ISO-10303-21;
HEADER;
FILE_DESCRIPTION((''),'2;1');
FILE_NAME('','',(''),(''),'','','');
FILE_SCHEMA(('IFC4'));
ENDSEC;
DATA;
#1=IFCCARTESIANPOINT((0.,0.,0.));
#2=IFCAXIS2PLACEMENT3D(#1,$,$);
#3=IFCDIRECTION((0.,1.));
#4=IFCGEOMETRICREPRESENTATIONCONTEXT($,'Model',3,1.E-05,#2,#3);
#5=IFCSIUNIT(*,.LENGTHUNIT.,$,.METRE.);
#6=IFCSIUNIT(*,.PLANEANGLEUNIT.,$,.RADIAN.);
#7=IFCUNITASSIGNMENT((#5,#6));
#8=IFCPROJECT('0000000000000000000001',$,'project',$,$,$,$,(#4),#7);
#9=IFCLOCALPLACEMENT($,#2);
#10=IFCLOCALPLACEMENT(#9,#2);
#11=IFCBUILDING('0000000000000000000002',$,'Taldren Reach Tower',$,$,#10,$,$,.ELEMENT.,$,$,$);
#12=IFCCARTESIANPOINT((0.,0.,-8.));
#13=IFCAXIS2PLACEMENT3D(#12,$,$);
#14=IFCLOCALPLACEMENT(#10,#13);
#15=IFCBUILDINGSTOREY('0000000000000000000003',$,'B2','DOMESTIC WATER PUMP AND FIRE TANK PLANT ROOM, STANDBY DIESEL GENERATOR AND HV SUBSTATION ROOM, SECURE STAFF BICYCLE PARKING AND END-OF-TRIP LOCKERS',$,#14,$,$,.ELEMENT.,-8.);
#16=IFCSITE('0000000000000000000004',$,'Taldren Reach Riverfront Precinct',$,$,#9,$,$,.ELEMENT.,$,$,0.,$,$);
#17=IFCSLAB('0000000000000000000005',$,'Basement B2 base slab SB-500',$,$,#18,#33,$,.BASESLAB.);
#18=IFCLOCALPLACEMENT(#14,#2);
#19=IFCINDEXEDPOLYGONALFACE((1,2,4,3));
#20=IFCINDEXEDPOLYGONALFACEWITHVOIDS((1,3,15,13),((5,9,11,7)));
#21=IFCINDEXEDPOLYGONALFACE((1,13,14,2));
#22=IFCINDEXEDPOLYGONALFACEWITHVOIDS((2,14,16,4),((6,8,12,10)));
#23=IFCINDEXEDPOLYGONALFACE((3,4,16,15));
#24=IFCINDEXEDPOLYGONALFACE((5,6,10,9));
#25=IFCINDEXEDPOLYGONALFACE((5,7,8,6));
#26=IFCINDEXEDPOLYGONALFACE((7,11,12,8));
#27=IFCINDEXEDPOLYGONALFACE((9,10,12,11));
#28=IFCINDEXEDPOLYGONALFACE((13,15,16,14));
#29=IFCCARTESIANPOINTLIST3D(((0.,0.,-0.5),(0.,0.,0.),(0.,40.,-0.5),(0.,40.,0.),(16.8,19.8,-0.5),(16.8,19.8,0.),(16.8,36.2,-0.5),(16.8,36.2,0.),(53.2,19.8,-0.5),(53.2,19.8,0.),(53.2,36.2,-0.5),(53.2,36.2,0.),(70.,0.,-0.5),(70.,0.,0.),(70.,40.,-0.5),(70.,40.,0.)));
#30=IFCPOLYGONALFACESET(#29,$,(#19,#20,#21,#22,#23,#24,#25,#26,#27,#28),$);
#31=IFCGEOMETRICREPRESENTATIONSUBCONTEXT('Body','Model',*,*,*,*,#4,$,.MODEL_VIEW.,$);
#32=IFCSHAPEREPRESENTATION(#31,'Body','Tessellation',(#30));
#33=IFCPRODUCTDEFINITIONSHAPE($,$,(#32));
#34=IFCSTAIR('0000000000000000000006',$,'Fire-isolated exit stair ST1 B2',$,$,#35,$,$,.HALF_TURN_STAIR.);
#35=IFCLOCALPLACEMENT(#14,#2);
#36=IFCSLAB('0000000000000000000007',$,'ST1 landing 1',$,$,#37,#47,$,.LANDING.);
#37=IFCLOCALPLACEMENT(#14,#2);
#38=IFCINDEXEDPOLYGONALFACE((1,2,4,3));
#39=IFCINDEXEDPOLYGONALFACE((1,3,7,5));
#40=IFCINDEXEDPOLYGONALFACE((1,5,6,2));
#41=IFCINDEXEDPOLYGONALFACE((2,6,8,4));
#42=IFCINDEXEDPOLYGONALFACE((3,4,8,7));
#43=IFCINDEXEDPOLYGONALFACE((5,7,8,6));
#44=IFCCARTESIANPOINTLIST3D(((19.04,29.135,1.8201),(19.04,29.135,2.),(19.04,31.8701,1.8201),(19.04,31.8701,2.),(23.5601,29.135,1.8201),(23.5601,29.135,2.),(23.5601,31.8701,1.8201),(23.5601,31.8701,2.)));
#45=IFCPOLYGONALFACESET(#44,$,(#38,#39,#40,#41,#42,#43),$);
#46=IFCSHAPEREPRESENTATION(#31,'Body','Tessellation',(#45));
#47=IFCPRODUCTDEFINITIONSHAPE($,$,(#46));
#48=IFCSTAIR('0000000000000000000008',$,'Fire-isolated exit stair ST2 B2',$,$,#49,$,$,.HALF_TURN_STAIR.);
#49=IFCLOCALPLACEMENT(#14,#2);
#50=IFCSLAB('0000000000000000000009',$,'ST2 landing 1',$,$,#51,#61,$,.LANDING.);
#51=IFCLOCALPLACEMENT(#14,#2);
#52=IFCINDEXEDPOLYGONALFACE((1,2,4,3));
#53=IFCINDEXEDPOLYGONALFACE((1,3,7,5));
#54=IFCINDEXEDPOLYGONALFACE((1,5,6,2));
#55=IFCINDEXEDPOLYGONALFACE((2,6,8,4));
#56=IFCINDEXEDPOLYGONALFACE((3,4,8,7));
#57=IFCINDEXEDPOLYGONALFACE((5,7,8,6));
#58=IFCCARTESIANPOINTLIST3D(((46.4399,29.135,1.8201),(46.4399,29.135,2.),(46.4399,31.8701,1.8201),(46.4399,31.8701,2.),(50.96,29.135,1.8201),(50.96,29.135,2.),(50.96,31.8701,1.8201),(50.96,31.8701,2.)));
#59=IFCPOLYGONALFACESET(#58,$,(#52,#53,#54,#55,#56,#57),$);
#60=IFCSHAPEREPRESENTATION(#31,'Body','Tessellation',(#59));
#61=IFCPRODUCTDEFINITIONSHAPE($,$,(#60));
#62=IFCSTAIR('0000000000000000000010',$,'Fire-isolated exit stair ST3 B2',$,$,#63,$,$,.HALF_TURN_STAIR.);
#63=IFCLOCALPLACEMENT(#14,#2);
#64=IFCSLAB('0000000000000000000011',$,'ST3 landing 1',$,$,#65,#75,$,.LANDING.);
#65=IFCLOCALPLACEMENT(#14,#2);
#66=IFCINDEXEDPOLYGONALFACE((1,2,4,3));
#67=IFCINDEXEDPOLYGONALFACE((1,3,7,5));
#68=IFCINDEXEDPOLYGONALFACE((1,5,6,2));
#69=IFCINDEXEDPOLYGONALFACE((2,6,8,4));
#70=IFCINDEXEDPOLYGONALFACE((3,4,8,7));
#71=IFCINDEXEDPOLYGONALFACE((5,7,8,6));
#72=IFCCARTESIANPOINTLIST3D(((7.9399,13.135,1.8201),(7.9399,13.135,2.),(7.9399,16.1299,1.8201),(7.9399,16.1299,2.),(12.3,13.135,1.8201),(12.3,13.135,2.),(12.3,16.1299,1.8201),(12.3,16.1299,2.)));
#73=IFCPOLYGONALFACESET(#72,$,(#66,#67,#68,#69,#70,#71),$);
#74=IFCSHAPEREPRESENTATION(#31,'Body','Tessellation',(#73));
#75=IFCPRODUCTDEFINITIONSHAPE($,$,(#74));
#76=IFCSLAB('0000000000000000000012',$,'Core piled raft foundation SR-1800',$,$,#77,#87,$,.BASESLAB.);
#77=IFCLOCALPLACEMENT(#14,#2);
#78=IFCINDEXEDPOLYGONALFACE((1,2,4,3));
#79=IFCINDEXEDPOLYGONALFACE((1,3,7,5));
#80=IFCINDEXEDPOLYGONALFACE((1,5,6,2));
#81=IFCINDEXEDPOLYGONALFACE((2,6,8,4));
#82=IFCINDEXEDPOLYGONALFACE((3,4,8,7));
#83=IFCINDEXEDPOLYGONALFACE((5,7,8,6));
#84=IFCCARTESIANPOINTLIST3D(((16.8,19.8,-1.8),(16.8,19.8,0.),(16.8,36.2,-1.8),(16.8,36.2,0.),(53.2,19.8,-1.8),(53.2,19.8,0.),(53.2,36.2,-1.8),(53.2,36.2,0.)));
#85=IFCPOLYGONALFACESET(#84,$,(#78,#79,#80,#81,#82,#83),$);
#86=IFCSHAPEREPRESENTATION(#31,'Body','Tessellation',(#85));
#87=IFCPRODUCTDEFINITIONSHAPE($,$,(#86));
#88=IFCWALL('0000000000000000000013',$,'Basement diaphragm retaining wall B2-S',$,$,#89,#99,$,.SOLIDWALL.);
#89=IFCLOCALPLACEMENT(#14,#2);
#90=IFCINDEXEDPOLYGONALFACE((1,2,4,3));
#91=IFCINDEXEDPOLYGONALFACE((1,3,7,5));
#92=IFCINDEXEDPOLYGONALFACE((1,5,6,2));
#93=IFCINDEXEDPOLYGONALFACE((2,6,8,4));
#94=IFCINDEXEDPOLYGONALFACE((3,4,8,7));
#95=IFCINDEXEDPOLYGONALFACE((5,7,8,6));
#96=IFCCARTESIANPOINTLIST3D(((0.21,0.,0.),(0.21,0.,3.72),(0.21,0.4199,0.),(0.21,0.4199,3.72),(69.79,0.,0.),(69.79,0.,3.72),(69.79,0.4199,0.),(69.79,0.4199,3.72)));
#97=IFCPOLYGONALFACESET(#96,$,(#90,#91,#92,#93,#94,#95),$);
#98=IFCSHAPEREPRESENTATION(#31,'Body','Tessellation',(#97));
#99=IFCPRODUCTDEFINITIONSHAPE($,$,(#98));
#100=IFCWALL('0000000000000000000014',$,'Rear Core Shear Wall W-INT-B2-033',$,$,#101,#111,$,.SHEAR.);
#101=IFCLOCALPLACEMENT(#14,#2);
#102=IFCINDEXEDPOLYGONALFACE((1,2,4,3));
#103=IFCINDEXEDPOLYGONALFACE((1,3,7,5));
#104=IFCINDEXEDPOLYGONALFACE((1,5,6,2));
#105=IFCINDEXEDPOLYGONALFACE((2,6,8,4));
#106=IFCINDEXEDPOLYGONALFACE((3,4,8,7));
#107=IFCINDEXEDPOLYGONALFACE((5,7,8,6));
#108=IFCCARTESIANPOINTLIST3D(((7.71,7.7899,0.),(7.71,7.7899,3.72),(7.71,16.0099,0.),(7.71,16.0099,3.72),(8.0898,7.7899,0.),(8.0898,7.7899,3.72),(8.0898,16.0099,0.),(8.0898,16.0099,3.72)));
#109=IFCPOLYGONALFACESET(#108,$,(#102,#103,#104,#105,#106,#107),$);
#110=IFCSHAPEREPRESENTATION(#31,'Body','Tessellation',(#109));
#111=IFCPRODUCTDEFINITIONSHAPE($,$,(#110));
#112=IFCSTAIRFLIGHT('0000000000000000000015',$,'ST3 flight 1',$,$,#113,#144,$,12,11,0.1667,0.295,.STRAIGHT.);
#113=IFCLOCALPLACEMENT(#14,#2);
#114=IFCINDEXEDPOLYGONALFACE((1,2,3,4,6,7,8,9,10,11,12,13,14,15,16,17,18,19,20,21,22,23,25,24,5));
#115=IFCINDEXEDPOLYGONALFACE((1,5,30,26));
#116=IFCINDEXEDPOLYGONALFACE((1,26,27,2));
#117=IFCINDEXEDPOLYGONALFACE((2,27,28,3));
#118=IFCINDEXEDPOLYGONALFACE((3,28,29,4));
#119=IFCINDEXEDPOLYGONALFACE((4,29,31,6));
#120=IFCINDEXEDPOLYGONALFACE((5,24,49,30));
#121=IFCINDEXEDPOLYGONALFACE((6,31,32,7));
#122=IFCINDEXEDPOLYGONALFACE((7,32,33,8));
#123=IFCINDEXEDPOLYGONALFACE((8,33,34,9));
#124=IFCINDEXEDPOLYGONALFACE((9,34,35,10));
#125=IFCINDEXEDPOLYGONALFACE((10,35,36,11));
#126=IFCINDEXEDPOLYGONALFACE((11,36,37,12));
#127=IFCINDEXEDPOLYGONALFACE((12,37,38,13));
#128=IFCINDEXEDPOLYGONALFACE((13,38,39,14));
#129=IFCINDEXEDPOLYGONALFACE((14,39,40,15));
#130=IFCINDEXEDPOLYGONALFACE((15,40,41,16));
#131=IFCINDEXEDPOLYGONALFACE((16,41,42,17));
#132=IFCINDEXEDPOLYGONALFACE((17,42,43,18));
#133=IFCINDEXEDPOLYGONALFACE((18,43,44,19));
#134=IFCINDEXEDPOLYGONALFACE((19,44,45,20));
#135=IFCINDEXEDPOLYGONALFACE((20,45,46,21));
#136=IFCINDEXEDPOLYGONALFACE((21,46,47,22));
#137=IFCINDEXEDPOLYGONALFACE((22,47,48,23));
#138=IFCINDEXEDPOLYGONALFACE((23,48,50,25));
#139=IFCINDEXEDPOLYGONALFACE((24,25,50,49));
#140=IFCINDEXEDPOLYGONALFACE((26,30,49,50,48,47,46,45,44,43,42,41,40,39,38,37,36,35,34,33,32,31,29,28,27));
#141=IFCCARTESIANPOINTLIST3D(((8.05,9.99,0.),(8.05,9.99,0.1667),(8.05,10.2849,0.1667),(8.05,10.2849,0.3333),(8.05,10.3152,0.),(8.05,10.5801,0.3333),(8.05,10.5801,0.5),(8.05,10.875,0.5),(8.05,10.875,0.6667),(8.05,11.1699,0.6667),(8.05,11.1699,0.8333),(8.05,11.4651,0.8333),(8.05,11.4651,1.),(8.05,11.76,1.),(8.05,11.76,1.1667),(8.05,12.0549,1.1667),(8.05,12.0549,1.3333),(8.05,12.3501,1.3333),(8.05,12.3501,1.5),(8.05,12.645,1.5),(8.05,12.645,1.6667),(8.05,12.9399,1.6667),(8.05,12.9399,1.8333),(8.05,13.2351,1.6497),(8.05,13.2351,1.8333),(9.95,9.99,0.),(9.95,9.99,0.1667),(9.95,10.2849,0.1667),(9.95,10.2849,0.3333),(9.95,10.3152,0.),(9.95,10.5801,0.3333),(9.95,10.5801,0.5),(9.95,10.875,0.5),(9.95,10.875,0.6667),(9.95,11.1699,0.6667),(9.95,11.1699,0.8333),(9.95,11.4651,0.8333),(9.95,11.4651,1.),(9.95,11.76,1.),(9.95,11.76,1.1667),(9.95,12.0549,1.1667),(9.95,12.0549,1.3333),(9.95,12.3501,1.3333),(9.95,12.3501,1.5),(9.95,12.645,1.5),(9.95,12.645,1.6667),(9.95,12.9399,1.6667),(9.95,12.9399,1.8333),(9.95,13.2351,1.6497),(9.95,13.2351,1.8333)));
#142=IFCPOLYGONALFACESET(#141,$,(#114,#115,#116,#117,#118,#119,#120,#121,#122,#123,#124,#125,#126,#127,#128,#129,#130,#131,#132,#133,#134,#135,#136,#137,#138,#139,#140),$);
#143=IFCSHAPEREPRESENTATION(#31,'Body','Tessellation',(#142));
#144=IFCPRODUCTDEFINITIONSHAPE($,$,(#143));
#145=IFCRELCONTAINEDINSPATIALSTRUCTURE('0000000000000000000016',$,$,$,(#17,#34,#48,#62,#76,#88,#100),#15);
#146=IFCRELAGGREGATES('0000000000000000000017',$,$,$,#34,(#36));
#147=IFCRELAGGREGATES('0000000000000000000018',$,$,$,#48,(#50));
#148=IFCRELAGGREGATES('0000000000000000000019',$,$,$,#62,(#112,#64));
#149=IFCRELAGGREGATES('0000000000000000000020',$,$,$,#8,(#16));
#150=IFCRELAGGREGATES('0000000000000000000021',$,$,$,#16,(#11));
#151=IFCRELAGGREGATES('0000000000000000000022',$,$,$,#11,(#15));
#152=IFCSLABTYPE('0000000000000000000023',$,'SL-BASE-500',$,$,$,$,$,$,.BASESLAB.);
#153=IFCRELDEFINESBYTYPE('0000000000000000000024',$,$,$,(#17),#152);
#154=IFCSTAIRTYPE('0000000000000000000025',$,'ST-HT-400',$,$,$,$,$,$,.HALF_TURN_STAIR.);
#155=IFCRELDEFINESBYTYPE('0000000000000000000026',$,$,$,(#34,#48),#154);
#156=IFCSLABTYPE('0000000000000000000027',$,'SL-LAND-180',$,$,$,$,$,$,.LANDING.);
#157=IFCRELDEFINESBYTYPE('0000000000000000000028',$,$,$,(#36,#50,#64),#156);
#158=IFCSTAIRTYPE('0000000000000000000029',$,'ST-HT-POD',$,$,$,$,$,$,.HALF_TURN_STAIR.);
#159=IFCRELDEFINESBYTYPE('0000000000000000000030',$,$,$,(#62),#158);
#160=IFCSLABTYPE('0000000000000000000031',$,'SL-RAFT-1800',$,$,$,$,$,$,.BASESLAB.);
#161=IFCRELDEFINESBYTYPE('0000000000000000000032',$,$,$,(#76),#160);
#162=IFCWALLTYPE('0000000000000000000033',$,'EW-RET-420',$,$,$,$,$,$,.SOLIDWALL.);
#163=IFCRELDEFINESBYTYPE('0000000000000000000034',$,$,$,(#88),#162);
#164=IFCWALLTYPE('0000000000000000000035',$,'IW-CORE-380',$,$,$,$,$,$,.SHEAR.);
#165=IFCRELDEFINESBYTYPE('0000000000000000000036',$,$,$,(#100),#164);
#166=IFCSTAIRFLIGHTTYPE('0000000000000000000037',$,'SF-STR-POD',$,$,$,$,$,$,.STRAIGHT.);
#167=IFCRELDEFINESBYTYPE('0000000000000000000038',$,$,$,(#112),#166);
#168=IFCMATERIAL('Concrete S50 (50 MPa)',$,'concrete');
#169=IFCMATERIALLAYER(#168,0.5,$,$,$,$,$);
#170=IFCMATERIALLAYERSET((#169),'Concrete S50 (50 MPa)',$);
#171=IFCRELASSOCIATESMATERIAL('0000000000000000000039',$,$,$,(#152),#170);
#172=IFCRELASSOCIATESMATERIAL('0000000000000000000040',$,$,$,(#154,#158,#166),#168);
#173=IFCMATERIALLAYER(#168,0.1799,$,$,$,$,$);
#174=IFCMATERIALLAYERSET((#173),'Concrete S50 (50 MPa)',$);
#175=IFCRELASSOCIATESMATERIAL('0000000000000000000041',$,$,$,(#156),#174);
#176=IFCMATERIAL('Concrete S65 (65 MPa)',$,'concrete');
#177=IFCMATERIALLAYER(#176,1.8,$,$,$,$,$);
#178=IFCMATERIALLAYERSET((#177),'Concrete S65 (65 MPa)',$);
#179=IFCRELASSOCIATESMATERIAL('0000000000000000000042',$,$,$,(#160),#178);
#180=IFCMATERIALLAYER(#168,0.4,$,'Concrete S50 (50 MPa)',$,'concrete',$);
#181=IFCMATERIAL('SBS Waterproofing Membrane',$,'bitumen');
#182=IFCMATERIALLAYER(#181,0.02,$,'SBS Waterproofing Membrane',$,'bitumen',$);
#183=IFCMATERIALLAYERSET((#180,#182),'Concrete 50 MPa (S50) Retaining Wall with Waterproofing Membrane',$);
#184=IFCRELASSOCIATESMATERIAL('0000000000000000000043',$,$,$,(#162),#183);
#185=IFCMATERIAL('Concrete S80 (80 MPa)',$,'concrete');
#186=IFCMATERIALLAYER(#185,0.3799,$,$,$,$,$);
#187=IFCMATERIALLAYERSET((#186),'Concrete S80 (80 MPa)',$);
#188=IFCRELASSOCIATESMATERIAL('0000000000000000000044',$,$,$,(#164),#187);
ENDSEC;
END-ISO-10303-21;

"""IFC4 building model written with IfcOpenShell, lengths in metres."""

from ifc_helpers import new_model, si_unit, direction, frame, frame_2d, origin, place, context, subcontext, project, spatial, polyline, rectangle, outline, extrude, source, transform, mapped, material, layer, layer_set, type_object, element, aggregate, save


model = new_model("IFC4")

# Units and contexts
model_context = context("Model", 3, precision=1e-05, world=origin(), true_north=direction((0.0, 1.0)))
body_context = subcontext(model_context, "Body", "Model", "MODEL_VIEW")
ifc_project = project(units=[si_unit("LENGTHUNIT", "METRE"), si_unit("PLANEANGLEUNIT", "RADIAN")], contexts=[model_context])

# Site, building, storey
site_placement = place(None, origin())
site = spatial("IfcSite", under=ifc_project, at=site_placement, Name="Taldren Reach Riverfront Precinct", CompositionType="ELEMENT", RefElevation=0.0)
building_placement = place(site_placement, origin())
building = spatial("IfcBuilding", under=site, at=building_placement, Name="Taldren Reach Tower", CompositionType="ELEMENT")
storey_placement = place(building_placement, frame((0.0, 0.0, -8.0)))
storey = spatial("IfcBuildingStorey", under=building, at=storey_placement, Name="B2", Description="DOMESTIC WATER PUMP AND FIRE TANK PLANT ROOM, STANDBY DIESEL GENERATOR AND HV SUBSTATION ROOM, SECURE STAFF BICYCLE PARKING AND END-OF-TRIP LOCKERS", CompositionType="ELEMENT", Elevation=-8.0)

# Shared definitions
ifc_material_1 = material(Name="Concrete S65 (65 MPa)", Category="concrete")

# Shared definitions
ifc_material_2 = material(Name="Concrete S50 (50 MPa)", Category="concrete")

# Shared definitions
ifc_material_3 = material(Name="Concrete S80 (80 MPa)", Category="concrete")

# Slab
ifc_layer_1 = layer(ifc_material_2, 0.5)
ifc_layer_set_1 = layer_set([ifc_layer_1], Name="Concrete S50 (50 MPa)")
slab_type_1 = type_object("IfcSlabType", Name="SL-BASE-500", PredefinedType="BASESLAB", material=ifc_layer_set_1)
slab_1_placement = place(storey_placement, frame((0.0, 0.0, -0.5)))
element("IfcSlab", 1, at=slab_1_placement, inside=storey, type_object=slab_type_1, Name="Basement B2 base slab SB-500", PredefinedType="BASESLAB", context=body_context, shape_type="SweptSolid", body=[
    extrude(outline(polyline([(0.0, 0.0), (70.0, 0.0), (70.0, 40.0), (0.0, 40.0), (0.0, 0.0)]), holes=[polyline([(16.8, 19.8), (53.2, 19.8), (53.2, 36.2), (16.8, 36.2), (16.8, 19.8)])]), origin(), (0.0, 0.0, 1.0), 0.5),
])

# Stairs, slabs
stair_type_1 = type_object("IfcStairType", Name="ST-HT-400", PredefinedType="HALF_TURN_STAIR", material=ifc_material_2)
stair_1_placement = place(storey_placement, origin())
stair_1 = element("IfcStair", 2, at=stair_1_placement, inside=storey, type_object=stair_type_1, Name="Fire-isolated exit stair ST1 B2", PredefinedType="HALF_TURN_STAIR")
ifc_layer_2 = layer(ifc_material_2, 0.1799)
ifc_layer_set_2 = layer_set([ifc_layer_2], Name="Concrete S50 (50 MPa)")
slab_type_2 = type_object("IfcSlabType", Name="SL-LAND-180", PredefinedType="LANDING", material=ifc_layer_set_2)
slab_2_placement = place(storey_placement, frame((0.0, 0.0, 1.8201)))
slab_2 = element("IfcSlab", 3, at=slab_2_placement, type_object=slab_type_2, Name="ST1 landing 1", PredefinedType="LANDING", context=body_context, shape_type="SweptSolid", body=[
    extrude(outline(polyline([(19.04, 29.135), (23.5601, 29.135), (23.5601, 31.8701), (19.04, 31.8701), (19.04, 29.135)])), origin(), (0.0, 0.0, 1.0), 0.1799),
])
aggregate(stair_1, [slab_2])
stair_2_placement = place(storey_placement, origin())
stair_2 = element("IfcStair", 4, at=stair_2_placement, inside=storey, type_object=stair_type_1, Name="Fire-isolated exit stair ST2 B2", PredefinedType="HALF_TURN_STAIR")
slab_3_placement = place(storey_placement, frame((0.0, 0.0, 1.8201)))
slab_3 = element("IfcSlab", 5, at=slab_3_placement, type_object=slab_type_2, Name="ST2 landing 1", PredefinedType="LANDING", context=body_context, shape_type="SweptSolid", body=[
    extrude(outline(polyline([(46.4399, 29.135), (50.96, 29.135), (50.96, 31.8701), (46.4399, 31.8701), (46.4399, 29.135)])), origin(), (0.0, 0.0, 1.0), 0.1799),
])
aggregate(stair_2, [slab_3])
stair_type_2 = type_object("IfcStairType", Name="ST-HT-POD", PredefinedType="HALF_TURN_STAIR", material=ifc_material_2)
stair_3_placement = place(storey_placement, origin())
stair_3 = element("IfcStair", 6, at=stair_3_placement, inside=storey, type_object=stair_type_2, Name="Fire-isolated exit stair ST3 B2", PredefinedType="HALF_TURN_STAIR")
slab_4_placement = place(storey_placement, frame((0.0, 0.0, 1.8201)))
slab_4 = element("IfcSlab", 7, at=slab_4_placement, type_object=slab_type_2, Name="ST3 landing 1", PredefinedType="LANDING", context=body_context, shape_type="SweptSolid", body=[
    extrude(outline(polyline([(7.9399, 13.135), (12.3, 13.135), (12.3, 16.1299), (7.9399, 16.1299), (7.9399, 13.135)])), origin(), (0.0, 0.0, 1.0), 0.1799),
])

# Slab
ifc_layer_3 = layer(ifc_material_1, 1.8)
ifc_layer_set_3 = layer_set([ifc_layer_3], Name="Concrete S65 (65 MPa)")
slab_type_3 = type_object("IfcSlabType", Name="SL-RAFT-1800", PredefinedType="BASESLAB", material=ifc_layer_set_3)
slab_5_placement = place(storey_placement, frame((0.0, 0.0, -1.8)))
element("IfcSlab", 8, at=slab_5_placement, inside=storey, type_object=slab_type_3, Name="Core piled raft foundation SR-1800", PredefinedType="BASESLAB", context=body_context, shape_type="SweptSolid", body=[
    extrude(outline(polyline([(16.8, 19.8), (53.2, 19.8), (53.2, 36.2), (16.8, 36.2), (16.8, 19.8)])), origin(), (0.0, 0.0, 1.0), 1.8),
])

# Walls
ifc_layer_4 = layer(ifc_material_2, 0.4, Name="Concrete S50 (50 MPa)", Category="concrete")
ifc_material_4 = material(Name="SBS Waterproofing Membrane", Category="bitumen")
ifc_layer_5 = layer(ifc_material_4, 0.02, Name="SBS Waterproofing Membrane", Category="bitumen")
ifc_layer_set_4 = layer_set([ifc_layer_4, ifc_layer_5], Name="Concrete 50 MPa (S50) Retaining Wall with Waterproofing Membrane")
wall_type_1 = type_object("IfcWallType", Name="EW-RET-420", PredefinedType="SOLIDWALL", material=ifc_layer_set_4)
shared_shape_1 = source(origin(), body_context, "Body", "SweptSolid", [
    extrude(rectangle(XDim=69.5801, YDim=0.4199, at=frame_2d((34.79, 0.0))), origin(), (0.0, 0.0, 1.0), 3.72),
])
wall_1_placement = place(storey_placement, frame((0.21, 0.21, 0.0), z_axis=(0.0, 0.0, 1.0), x_axis=(1.0, 0.0, 0.0)))
element("IfcWall", 9, at=wall_1_placement, inside=storey, type_object=wall_type_1, Name="Basement diaphragm retaining wall B2-S", PredefinedType="SOLIDWALL", context=body_context, shape_type="MappedRepresentation", body=[
    mapped(shared_shape_1, transform((0.0, 0.0, 0.0), scale=1.0)),
])
ifc_layer_6 = layer(ifc_material_3, 0.3799)
ifc_layer_set_5 = layer_set([ifc_layer_6], Name="Concrete S80 (80 MPa)")
wall_type_2 = type_object("IfcWallType", Name="IW-CORE-380", PredefinedType="SHEAR", material=ifc_layer_set_5)
shared_shape_2 = source(origin(), body_context, "Body", "SweptSolid", [
    extrude(rectangle(XDim=8.22, YDim=0.3799, at=frame_2d((4.1099, 0.0))), origin(), (0.0, 0.0, 1.0), 3.72),
])
wall_2_placement = place(storey_placement, frame((7.8999, 7.79, 0.0), z_axis=(0.0, 0.0, 1.0), x_axis=(0.0, 1.0, 0.0)))
element("IfcWall", 10, at=wall_2_placement, inside=storey, type_object=wall_type_2, Name="Rear Core Shear Wall W-INT-B2-033", PredefinedType="SHEAR", context=body_context, shape_type="MappedRepresentation", body=[
    mapped(shared_shape_2, transform((0.0, 0.0, 0.0), scale=1.0)),
])

# Stair flight
stair_flight_type = type_object("IfcStairFlightType", Name="SF-STR-POD", PredefinedType="STRAIGHT", material=ifc_material_2)
stair_flight_placement = place(storey_placement, frame((9.0, 9.99, 0.0), z_axis=(0.0, 0.0, 1.0), x_axis=(0.0, 1.0, 0.0)))
stair_flight = element("IfcStairFlight", 11, at=stair_flight_placement, type_object=stair_flight_type, Name="ST3 flight 1", NumberOfRisers=12, NumberOfTreads=11, PredefinedType="STRAIGHT", RiserHeight=0.1667, TreadLength=0.295, context=body_context, shape_type="SweptSolid", body=[
    extrude(outline(polyline([(0.0, 0.0), (0.0, 0.1667), (0.2949, 0.1667), (0.2949, 0.3333), (0.5901, 0.3333), (0.5901, 0.5), (0.885, 0.5), (0.885, 0.6667), (1.1799, 0.6667), (1.1799, 0.8333), (1.4751, 0.8333), (1.4751, 1.0), (1.77, 1.0), (1.77, 1.1667), (2.0649, 1.1667), (2.0649, 1.3333), (2.3601, 1.3333), (2.3601, 1.5), (2.655, 1.5), (2.655, 1.6667), (2.95, 1.6667), (2.95, 1.8333), (3.2451, 1.8333), (3.2451, 2.0), (3.2451, 1.6497), (0.3252, 0.0), (0.0, 0.0)])), frame((0.0, 0.95, 0.0), z_axis=(0.0, -1.0, 0.0), x_axis=(1.0, 0.0, 0.0)), (0.0, 0.0, 1.0), 1.8999),
])
aggregate(stair_3, [stair_flight, slab_4])

save(model, "model.ifc")
